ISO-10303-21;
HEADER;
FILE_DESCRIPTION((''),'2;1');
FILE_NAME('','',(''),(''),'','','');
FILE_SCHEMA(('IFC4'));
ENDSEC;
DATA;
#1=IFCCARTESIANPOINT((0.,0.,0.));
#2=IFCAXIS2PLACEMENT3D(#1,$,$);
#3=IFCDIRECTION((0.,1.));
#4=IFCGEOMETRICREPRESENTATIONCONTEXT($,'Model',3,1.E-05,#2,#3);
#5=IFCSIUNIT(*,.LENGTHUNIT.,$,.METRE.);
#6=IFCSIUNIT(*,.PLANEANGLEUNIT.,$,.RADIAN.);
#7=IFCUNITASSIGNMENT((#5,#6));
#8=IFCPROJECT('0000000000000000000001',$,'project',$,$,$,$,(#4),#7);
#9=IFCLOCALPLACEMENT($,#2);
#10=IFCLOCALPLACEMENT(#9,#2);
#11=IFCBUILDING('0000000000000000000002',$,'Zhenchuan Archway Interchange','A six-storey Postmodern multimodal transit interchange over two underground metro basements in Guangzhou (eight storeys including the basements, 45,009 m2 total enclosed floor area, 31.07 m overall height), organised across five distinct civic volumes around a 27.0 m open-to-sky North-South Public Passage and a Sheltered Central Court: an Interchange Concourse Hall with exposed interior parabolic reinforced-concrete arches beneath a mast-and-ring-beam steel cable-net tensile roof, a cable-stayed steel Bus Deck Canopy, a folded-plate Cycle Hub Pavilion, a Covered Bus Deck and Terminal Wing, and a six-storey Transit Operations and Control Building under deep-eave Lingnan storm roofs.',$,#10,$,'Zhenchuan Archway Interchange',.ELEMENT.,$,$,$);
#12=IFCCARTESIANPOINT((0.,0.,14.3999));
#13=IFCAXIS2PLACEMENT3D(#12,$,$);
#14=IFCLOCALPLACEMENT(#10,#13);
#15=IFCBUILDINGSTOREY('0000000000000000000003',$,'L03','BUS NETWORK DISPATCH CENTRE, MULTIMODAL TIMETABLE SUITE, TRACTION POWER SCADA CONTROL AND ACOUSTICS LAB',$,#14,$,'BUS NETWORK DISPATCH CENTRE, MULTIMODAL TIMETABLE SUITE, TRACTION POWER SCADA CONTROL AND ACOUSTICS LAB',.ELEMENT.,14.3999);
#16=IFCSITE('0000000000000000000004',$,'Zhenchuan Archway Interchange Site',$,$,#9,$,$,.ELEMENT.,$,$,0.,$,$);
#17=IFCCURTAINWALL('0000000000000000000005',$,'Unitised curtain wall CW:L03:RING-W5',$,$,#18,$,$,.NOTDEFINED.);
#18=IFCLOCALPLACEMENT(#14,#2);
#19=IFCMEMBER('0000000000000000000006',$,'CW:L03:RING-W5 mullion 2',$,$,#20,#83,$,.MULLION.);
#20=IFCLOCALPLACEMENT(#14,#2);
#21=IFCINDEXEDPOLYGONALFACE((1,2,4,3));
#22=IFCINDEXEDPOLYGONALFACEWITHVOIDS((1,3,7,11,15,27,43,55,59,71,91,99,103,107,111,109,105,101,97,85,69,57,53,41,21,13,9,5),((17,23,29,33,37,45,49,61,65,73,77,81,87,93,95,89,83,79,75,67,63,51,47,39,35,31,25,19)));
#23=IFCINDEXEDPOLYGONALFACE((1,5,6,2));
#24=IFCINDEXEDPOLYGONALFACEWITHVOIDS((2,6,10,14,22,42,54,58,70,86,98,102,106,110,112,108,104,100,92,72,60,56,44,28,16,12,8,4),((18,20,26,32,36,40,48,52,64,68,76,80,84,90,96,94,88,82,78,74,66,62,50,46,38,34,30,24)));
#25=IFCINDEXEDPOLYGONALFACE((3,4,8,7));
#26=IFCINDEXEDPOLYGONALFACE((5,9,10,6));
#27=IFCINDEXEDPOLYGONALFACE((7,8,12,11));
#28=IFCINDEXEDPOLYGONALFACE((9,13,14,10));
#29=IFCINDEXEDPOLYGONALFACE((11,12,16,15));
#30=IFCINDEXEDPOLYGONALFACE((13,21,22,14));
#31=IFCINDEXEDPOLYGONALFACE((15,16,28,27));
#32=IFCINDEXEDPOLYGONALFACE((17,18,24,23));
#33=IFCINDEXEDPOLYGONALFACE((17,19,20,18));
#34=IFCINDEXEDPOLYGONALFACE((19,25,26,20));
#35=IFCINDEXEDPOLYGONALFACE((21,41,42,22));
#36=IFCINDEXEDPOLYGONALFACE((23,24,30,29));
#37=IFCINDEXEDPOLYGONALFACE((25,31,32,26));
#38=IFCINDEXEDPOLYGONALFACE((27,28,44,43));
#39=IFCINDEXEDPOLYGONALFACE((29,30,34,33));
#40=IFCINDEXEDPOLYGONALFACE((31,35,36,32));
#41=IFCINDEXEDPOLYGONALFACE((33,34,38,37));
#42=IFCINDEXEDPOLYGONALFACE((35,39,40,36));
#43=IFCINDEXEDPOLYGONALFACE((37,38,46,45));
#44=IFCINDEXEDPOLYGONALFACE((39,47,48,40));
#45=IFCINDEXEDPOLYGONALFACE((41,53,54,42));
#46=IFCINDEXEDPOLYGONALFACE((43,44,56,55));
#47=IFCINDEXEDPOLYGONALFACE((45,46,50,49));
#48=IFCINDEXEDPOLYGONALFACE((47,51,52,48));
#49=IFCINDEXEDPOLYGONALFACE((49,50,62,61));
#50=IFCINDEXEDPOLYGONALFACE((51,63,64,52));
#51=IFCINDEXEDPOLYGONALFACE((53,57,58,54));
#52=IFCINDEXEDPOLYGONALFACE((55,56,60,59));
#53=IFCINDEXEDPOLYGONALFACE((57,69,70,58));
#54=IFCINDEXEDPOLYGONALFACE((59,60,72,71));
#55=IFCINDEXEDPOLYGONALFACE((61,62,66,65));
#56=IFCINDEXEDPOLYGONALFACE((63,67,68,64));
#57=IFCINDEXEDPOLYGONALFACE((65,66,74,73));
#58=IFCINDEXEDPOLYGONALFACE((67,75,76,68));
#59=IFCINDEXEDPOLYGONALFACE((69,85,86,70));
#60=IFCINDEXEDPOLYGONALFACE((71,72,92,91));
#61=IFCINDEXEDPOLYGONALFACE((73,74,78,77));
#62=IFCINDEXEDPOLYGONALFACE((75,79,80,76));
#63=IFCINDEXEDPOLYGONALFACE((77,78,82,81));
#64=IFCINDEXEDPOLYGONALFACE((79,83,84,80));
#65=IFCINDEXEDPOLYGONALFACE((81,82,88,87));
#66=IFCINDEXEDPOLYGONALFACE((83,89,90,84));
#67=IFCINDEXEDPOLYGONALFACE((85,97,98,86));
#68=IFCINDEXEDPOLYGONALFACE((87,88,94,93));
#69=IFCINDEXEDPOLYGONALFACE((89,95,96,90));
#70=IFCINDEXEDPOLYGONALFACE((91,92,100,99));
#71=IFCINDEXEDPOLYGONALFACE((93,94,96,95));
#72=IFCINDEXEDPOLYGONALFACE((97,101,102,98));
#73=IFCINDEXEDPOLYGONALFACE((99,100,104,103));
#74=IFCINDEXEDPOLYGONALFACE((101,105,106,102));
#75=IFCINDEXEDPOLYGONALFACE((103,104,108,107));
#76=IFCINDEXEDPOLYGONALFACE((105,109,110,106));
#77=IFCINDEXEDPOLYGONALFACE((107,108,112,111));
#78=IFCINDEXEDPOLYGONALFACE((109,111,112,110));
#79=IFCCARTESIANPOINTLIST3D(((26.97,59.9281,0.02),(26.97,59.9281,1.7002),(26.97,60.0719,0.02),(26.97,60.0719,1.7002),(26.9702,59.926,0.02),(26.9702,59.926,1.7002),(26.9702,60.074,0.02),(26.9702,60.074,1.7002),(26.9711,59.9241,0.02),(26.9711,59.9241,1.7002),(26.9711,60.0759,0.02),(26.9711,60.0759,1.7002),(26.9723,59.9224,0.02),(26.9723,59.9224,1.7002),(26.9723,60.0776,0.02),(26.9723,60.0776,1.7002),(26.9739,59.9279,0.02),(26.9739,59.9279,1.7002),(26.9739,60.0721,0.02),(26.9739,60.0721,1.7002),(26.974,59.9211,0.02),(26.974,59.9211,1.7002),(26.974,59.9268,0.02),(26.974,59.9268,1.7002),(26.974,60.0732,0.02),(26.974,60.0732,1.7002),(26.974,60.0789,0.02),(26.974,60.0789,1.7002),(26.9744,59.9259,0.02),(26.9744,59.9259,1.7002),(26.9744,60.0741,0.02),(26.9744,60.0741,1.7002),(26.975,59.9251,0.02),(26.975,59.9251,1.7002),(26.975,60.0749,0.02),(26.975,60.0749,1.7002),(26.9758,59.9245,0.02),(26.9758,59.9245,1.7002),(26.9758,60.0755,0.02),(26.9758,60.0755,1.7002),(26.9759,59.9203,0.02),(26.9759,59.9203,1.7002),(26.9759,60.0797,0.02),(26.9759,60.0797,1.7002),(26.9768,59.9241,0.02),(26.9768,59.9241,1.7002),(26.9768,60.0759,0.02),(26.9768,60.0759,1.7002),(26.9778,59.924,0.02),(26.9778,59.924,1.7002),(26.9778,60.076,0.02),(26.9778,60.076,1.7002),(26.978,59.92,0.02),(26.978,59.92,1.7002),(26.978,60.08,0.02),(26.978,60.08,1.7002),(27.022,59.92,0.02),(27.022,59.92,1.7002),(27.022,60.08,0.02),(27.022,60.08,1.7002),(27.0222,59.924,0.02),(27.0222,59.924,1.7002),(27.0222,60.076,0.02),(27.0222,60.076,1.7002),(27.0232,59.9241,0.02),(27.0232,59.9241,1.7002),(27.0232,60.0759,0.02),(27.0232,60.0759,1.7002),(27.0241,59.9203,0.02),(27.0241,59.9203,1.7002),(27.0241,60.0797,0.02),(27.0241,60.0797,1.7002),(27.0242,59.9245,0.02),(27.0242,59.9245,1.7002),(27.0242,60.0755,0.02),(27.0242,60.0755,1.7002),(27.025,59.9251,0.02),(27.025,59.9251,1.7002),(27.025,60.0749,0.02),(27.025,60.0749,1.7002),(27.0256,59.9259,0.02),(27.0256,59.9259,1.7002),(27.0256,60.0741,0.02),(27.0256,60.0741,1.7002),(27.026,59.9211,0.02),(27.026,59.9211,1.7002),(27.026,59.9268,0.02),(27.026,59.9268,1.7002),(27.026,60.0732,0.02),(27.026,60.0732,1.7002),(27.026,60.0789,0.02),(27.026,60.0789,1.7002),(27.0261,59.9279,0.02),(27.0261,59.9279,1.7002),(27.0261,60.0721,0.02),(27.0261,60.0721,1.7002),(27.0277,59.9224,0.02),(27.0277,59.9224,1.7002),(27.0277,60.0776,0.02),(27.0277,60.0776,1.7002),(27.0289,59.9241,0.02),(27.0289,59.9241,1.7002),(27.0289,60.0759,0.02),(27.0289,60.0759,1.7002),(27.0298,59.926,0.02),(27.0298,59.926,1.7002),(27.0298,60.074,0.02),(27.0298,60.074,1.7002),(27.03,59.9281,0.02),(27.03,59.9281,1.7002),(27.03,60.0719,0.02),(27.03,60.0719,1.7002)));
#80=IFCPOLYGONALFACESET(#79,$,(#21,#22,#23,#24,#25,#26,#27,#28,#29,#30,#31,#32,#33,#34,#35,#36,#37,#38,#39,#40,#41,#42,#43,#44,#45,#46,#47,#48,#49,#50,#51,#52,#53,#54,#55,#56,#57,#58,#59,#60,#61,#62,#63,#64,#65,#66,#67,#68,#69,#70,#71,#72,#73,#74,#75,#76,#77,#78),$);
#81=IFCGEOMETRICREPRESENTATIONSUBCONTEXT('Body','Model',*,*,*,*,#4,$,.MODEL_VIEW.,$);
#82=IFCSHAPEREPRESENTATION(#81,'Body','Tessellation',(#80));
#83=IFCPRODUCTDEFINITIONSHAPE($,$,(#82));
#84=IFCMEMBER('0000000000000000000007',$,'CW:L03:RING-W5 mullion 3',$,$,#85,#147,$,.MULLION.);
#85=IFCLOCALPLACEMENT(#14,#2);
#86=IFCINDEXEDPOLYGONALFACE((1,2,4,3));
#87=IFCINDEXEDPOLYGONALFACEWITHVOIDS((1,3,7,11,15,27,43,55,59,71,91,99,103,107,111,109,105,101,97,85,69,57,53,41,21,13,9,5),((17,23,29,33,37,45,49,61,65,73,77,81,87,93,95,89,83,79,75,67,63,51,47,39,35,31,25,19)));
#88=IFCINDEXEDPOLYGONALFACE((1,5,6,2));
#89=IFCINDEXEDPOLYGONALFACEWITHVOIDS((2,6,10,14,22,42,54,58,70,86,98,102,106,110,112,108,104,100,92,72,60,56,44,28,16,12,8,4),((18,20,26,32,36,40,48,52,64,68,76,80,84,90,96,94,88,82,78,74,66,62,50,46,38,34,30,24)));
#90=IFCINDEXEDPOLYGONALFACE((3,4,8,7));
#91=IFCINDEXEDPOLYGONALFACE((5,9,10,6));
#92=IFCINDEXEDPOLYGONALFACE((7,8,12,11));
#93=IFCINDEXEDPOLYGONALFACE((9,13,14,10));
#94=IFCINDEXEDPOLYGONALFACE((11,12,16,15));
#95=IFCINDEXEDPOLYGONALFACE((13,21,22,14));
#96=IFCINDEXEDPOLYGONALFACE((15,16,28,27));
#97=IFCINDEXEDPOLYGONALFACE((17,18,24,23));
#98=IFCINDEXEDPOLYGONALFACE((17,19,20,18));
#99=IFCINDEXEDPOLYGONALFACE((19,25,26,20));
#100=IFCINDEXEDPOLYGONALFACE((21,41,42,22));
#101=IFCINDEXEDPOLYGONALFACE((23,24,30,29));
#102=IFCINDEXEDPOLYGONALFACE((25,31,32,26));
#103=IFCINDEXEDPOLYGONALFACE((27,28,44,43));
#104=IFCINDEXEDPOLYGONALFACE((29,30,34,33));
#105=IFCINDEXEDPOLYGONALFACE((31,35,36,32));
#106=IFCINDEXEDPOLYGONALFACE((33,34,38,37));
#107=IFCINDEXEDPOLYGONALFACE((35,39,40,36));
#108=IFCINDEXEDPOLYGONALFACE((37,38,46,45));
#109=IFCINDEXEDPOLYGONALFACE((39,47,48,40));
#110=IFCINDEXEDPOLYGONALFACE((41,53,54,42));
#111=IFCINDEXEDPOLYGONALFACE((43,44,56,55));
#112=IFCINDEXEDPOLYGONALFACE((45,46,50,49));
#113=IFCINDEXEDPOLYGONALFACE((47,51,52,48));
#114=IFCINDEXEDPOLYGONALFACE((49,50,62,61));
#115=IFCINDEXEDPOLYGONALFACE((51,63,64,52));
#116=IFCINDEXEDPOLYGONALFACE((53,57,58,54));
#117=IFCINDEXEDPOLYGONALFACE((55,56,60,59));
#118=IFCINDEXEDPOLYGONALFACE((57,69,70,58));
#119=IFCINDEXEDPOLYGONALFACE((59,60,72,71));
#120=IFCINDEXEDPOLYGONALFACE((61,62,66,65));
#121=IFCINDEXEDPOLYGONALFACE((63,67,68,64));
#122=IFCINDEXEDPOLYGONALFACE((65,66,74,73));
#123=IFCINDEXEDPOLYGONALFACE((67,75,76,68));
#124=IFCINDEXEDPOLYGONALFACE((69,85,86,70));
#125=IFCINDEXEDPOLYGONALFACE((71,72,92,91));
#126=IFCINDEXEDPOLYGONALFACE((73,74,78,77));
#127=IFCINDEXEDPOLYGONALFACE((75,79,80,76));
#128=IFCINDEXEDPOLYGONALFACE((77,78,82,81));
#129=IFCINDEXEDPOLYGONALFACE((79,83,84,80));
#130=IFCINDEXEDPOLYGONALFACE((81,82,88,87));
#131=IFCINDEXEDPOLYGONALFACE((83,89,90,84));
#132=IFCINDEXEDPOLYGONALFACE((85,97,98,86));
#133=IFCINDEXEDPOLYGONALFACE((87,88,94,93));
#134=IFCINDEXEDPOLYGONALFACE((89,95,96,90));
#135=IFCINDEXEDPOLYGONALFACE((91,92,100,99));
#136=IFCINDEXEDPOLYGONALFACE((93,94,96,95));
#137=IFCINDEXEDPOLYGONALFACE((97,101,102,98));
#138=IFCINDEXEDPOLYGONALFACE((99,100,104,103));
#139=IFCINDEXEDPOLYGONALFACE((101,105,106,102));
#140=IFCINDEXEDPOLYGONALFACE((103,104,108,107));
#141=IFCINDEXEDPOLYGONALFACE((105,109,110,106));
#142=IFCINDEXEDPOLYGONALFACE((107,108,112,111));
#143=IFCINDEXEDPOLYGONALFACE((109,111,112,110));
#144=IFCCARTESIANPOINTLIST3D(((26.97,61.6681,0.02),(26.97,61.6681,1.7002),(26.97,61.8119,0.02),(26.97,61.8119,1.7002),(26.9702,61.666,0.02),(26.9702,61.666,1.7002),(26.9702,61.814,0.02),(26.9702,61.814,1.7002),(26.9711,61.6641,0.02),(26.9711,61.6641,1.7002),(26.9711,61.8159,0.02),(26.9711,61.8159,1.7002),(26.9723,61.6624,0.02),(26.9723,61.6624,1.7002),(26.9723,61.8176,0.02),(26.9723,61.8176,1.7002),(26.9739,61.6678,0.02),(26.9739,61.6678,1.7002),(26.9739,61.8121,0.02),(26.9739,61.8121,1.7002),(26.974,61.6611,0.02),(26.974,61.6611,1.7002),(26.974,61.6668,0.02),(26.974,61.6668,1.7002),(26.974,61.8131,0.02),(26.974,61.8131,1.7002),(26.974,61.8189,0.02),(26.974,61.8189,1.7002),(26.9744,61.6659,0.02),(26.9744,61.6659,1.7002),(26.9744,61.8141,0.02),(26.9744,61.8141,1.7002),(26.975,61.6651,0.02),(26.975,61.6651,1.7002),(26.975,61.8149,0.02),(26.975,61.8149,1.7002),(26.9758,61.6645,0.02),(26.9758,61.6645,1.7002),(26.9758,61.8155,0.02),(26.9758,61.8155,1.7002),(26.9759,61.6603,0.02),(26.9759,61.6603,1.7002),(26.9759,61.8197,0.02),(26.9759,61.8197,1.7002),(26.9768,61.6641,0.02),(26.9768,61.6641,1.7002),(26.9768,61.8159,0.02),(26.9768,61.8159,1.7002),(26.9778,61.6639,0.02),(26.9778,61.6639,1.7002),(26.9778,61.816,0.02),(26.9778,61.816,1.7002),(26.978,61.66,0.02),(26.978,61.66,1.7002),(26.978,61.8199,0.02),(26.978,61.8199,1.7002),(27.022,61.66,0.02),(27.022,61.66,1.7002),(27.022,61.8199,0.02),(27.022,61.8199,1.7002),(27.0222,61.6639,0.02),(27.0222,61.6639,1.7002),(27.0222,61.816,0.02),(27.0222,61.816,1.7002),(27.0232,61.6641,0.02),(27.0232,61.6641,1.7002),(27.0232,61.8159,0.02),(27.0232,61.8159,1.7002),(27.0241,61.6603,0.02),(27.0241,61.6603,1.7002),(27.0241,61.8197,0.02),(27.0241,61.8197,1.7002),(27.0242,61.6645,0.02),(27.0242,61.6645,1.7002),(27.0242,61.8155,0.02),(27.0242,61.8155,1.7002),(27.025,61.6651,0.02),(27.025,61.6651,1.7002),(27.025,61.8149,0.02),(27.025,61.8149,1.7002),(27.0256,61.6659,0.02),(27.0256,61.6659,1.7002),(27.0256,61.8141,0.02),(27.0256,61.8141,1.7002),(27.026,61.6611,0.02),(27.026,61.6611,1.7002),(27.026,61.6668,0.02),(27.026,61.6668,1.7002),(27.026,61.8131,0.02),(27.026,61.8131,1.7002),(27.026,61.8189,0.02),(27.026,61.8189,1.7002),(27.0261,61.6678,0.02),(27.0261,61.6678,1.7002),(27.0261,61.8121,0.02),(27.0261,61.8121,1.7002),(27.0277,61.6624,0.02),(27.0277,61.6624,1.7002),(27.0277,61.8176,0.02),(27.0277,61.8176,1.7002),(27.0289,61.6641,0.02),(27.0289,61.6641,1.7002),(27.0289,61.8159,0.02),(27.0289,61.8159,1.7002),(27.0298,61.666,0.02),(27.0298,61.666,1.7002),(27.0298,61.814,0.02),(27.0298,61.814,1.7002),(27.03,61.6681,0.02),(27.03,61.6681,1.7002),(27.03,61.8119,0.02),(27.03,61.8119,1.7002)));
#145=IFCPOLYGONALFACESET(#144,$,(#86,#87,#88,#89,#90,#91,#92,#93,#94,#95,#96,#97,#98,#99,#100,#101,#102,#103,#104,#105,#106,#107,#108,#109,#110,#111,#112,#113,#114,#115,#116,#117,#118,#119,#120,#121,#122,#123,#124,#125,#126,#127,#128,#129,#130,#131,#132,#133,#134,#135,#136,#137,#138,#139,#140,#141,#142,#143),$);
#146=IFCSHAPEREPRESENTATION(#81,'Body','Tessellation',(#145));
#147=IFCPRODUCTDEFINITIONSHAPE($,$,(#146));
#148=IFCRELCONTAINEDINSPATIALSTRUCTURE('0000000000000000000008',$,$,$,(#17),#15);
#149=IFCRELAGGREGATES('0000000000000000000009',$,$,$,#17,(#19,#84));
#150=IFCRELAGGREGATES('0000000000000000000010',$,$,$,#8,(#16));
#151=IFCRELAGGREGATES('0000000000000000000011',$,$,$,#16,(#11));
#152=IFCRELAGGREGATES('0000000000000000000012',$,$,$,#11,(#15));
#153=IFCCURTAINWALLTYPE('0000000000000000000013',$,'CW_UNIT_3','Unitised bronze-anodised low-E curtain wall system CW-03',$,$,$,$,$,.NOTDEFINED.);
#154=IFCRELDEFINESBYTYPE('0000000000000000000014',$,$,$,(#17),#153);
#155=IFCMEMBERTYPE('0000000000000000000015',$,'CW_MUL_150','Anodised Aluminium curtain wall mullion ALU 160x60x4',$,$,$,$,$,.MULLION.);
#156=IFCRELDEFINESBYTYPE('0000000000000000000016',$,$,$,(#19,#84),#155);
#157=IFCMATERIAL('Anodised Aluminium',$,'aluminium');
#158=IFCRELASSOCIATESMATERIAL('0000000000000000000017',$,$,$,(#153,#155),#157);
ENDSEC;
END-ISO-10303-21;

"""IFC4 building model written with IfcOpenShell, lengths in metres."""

from ifc_helpers import new_model, si_unit, direction, frame, origin, origin_2d, place, context, subcontext, project, spatial, hollow_rectangle, extrude, material, material_profile, profile_set, type_object, element, aggregate, save


model = new_model("IFC4")

# Units and contexts
model_context = context("Model", 3, precision=1e-05, world=origin(), true_north=direction((0.0, 1.0)))
body_context = subcontext(model_context, "Body", "Model", "MODEL_VIEW")
ifc_project = project(units=[si_unit("LENGTHUNIT", "METRE"), si_unit("PLANEANGLEUNIT", "RADIAN")], contexts=[model_context])

# Site, building, storey
site_placement = place(None, origin())
site = spatial("IfcSite", under=ifc_project, at=site_placement, Name="Zhenchuan Archway Interchange Site", CompositionType="ELEMENT", RefElevation=0.0)
building_placement = place(site_placement, origin())
building = spatial("IfcBuilding", under=site, at=building_placement, Name="Zhenchuan Archway Interchange", Description="A six-storey Postmodern multimodal transit interchange over two underground metro basements in Guangzhou (eight storeys including the basements, 45,009 m2 total enclosed floor area, 31.07 m overall height), organised across five distinct civic volumes around a 27.0 m open-to-sky North-South Public Passage and a Sheltered Central Court: an Interchange Concourse Hall with exposed interior parabolic reinforced-concrete arches beneath a mast-and-ring-beam steel cable-net tensile roof, a cable-stayed steel Bus Deck Canopy, a folded-plate Cycle Hub Pavilion, a Covered Bus Deck and Terminal Wing, and a six-storey Transit Operations and Control Building under deep-eave Lingnan storm roofs.", LongName="Zhenchuan Archway Interchange", CompositionType="ELEMENT")
storey_placement = place(building_placement, frame((0.0, 0.0, 14.3999)))
storey = spatial("IfcBuildingStorey", under=building, at=storey_placement, Name="L03", Description="BUS NETWORK DISPATCH CENTRE, MULTIMODAL TIMETABLE SUITE, TRACTION POWER SCADA CONTROL AND ACOUSTICS LAB", LongName="BUS NETWORK DISPATCH CENTRE, MULTIMODAL TIMETABLE SUITE, TRACTION POWER SCADA CONTROL AND ACOUSTICS LAB", CompositionType="ELEMENT", Elevation=14.3999)

# Curtain wall, members
ifc_material_1 = material(Name="Anodised Aluminium", Category="aluminium")
curtain_wall_type = type_object("IfcCurtainWallType", Name="CW_UNIT_3", Description="Unitised bronze-anodised low-E curtain wall system CW-03", PredefinedType="NOTDEFINED", material=ifc_material_1)
curtain_wall_1_placement = place(storey_placement, origin())
curtain_wall_1 = element("IfcCurtainWall", 1, at=curtain_wall_1_placement, inside=storey, type_object=curtain_wall_type, Name="Unitised curtain wall CW:L03:RING-W5", PredefinedType="NOTDEFINED")
ifc_material_profile_1 = material_profile(ifc_material_1, hollow_rectangle(XDim=0.0601, YDim=0.1599, WallThickness=0.0039, InnerFilletRadius=0.0039, OuterFilletRadius=0.0081, at=origin_2d()), Name="ALU 160x60x4")
ifc_profile_set_1 = profile_set([ifc_material_profile_1], Name="Anodised Aluminium")
member_type_1 = type_object("IfcMemberType", Name="CW_MUL_150", Description="Anodised Aluminium curtain wall mullion ALU 160x60x4", PredefinedType="MULLION", material=ifc_profile_set_1)
member_1_placement = place(storey_placement, frame((27.0, 60.0, 0.02), z_axis=(0.0, 0.0, 1.0), x_axis=(1.0, 0.0, 0.0)))
member_1 = element("IfcMember", 2, at=member_1_placement, type_object=member_type_1, Name="CW:L03:RING-W5 mullion 2", PredefinedType="MULLION", context=body_context, shape_type="SweptSolid", body=[
    extrude(hollow_rectangle(XDim=0.0601, YDim=0.1599, WallThickness=0.0039, InnerFilletRadius=0.0039, OuterFilletRadius=0.0081, at=origin_2d()), origin(), (0.0, 0.0, 1.0), 1.6802),
])
member_2_placement = place(storey_placement, frame((27.0, 61.74, 0.02), z_axis=(0.0, 0.0, 1.0), x_axis=(1.0, 0.0, 0.0)))
member_2 = element("IfcMember", 3, at=member_2_placement, type_object=member_type_1, Name="CW:L03:RING-W5 mullion 3", PredefinedType="MULLION", context=body_context, shape_type="SweptSolid", body=[
    extrude(hollow_rectangle(XDim=0.0601, YDim=0.1599, WallThickness=0.0039, InnerFilletRadius=0.0039, OuterFilletRadius=0.0081, at=origin_2d()), origin(), (0.0, 0.0, 1.0), 1.6802),
])

aggregate(curtain_wall_1, [member_1, member_2])

save(model, "model.ifc")
